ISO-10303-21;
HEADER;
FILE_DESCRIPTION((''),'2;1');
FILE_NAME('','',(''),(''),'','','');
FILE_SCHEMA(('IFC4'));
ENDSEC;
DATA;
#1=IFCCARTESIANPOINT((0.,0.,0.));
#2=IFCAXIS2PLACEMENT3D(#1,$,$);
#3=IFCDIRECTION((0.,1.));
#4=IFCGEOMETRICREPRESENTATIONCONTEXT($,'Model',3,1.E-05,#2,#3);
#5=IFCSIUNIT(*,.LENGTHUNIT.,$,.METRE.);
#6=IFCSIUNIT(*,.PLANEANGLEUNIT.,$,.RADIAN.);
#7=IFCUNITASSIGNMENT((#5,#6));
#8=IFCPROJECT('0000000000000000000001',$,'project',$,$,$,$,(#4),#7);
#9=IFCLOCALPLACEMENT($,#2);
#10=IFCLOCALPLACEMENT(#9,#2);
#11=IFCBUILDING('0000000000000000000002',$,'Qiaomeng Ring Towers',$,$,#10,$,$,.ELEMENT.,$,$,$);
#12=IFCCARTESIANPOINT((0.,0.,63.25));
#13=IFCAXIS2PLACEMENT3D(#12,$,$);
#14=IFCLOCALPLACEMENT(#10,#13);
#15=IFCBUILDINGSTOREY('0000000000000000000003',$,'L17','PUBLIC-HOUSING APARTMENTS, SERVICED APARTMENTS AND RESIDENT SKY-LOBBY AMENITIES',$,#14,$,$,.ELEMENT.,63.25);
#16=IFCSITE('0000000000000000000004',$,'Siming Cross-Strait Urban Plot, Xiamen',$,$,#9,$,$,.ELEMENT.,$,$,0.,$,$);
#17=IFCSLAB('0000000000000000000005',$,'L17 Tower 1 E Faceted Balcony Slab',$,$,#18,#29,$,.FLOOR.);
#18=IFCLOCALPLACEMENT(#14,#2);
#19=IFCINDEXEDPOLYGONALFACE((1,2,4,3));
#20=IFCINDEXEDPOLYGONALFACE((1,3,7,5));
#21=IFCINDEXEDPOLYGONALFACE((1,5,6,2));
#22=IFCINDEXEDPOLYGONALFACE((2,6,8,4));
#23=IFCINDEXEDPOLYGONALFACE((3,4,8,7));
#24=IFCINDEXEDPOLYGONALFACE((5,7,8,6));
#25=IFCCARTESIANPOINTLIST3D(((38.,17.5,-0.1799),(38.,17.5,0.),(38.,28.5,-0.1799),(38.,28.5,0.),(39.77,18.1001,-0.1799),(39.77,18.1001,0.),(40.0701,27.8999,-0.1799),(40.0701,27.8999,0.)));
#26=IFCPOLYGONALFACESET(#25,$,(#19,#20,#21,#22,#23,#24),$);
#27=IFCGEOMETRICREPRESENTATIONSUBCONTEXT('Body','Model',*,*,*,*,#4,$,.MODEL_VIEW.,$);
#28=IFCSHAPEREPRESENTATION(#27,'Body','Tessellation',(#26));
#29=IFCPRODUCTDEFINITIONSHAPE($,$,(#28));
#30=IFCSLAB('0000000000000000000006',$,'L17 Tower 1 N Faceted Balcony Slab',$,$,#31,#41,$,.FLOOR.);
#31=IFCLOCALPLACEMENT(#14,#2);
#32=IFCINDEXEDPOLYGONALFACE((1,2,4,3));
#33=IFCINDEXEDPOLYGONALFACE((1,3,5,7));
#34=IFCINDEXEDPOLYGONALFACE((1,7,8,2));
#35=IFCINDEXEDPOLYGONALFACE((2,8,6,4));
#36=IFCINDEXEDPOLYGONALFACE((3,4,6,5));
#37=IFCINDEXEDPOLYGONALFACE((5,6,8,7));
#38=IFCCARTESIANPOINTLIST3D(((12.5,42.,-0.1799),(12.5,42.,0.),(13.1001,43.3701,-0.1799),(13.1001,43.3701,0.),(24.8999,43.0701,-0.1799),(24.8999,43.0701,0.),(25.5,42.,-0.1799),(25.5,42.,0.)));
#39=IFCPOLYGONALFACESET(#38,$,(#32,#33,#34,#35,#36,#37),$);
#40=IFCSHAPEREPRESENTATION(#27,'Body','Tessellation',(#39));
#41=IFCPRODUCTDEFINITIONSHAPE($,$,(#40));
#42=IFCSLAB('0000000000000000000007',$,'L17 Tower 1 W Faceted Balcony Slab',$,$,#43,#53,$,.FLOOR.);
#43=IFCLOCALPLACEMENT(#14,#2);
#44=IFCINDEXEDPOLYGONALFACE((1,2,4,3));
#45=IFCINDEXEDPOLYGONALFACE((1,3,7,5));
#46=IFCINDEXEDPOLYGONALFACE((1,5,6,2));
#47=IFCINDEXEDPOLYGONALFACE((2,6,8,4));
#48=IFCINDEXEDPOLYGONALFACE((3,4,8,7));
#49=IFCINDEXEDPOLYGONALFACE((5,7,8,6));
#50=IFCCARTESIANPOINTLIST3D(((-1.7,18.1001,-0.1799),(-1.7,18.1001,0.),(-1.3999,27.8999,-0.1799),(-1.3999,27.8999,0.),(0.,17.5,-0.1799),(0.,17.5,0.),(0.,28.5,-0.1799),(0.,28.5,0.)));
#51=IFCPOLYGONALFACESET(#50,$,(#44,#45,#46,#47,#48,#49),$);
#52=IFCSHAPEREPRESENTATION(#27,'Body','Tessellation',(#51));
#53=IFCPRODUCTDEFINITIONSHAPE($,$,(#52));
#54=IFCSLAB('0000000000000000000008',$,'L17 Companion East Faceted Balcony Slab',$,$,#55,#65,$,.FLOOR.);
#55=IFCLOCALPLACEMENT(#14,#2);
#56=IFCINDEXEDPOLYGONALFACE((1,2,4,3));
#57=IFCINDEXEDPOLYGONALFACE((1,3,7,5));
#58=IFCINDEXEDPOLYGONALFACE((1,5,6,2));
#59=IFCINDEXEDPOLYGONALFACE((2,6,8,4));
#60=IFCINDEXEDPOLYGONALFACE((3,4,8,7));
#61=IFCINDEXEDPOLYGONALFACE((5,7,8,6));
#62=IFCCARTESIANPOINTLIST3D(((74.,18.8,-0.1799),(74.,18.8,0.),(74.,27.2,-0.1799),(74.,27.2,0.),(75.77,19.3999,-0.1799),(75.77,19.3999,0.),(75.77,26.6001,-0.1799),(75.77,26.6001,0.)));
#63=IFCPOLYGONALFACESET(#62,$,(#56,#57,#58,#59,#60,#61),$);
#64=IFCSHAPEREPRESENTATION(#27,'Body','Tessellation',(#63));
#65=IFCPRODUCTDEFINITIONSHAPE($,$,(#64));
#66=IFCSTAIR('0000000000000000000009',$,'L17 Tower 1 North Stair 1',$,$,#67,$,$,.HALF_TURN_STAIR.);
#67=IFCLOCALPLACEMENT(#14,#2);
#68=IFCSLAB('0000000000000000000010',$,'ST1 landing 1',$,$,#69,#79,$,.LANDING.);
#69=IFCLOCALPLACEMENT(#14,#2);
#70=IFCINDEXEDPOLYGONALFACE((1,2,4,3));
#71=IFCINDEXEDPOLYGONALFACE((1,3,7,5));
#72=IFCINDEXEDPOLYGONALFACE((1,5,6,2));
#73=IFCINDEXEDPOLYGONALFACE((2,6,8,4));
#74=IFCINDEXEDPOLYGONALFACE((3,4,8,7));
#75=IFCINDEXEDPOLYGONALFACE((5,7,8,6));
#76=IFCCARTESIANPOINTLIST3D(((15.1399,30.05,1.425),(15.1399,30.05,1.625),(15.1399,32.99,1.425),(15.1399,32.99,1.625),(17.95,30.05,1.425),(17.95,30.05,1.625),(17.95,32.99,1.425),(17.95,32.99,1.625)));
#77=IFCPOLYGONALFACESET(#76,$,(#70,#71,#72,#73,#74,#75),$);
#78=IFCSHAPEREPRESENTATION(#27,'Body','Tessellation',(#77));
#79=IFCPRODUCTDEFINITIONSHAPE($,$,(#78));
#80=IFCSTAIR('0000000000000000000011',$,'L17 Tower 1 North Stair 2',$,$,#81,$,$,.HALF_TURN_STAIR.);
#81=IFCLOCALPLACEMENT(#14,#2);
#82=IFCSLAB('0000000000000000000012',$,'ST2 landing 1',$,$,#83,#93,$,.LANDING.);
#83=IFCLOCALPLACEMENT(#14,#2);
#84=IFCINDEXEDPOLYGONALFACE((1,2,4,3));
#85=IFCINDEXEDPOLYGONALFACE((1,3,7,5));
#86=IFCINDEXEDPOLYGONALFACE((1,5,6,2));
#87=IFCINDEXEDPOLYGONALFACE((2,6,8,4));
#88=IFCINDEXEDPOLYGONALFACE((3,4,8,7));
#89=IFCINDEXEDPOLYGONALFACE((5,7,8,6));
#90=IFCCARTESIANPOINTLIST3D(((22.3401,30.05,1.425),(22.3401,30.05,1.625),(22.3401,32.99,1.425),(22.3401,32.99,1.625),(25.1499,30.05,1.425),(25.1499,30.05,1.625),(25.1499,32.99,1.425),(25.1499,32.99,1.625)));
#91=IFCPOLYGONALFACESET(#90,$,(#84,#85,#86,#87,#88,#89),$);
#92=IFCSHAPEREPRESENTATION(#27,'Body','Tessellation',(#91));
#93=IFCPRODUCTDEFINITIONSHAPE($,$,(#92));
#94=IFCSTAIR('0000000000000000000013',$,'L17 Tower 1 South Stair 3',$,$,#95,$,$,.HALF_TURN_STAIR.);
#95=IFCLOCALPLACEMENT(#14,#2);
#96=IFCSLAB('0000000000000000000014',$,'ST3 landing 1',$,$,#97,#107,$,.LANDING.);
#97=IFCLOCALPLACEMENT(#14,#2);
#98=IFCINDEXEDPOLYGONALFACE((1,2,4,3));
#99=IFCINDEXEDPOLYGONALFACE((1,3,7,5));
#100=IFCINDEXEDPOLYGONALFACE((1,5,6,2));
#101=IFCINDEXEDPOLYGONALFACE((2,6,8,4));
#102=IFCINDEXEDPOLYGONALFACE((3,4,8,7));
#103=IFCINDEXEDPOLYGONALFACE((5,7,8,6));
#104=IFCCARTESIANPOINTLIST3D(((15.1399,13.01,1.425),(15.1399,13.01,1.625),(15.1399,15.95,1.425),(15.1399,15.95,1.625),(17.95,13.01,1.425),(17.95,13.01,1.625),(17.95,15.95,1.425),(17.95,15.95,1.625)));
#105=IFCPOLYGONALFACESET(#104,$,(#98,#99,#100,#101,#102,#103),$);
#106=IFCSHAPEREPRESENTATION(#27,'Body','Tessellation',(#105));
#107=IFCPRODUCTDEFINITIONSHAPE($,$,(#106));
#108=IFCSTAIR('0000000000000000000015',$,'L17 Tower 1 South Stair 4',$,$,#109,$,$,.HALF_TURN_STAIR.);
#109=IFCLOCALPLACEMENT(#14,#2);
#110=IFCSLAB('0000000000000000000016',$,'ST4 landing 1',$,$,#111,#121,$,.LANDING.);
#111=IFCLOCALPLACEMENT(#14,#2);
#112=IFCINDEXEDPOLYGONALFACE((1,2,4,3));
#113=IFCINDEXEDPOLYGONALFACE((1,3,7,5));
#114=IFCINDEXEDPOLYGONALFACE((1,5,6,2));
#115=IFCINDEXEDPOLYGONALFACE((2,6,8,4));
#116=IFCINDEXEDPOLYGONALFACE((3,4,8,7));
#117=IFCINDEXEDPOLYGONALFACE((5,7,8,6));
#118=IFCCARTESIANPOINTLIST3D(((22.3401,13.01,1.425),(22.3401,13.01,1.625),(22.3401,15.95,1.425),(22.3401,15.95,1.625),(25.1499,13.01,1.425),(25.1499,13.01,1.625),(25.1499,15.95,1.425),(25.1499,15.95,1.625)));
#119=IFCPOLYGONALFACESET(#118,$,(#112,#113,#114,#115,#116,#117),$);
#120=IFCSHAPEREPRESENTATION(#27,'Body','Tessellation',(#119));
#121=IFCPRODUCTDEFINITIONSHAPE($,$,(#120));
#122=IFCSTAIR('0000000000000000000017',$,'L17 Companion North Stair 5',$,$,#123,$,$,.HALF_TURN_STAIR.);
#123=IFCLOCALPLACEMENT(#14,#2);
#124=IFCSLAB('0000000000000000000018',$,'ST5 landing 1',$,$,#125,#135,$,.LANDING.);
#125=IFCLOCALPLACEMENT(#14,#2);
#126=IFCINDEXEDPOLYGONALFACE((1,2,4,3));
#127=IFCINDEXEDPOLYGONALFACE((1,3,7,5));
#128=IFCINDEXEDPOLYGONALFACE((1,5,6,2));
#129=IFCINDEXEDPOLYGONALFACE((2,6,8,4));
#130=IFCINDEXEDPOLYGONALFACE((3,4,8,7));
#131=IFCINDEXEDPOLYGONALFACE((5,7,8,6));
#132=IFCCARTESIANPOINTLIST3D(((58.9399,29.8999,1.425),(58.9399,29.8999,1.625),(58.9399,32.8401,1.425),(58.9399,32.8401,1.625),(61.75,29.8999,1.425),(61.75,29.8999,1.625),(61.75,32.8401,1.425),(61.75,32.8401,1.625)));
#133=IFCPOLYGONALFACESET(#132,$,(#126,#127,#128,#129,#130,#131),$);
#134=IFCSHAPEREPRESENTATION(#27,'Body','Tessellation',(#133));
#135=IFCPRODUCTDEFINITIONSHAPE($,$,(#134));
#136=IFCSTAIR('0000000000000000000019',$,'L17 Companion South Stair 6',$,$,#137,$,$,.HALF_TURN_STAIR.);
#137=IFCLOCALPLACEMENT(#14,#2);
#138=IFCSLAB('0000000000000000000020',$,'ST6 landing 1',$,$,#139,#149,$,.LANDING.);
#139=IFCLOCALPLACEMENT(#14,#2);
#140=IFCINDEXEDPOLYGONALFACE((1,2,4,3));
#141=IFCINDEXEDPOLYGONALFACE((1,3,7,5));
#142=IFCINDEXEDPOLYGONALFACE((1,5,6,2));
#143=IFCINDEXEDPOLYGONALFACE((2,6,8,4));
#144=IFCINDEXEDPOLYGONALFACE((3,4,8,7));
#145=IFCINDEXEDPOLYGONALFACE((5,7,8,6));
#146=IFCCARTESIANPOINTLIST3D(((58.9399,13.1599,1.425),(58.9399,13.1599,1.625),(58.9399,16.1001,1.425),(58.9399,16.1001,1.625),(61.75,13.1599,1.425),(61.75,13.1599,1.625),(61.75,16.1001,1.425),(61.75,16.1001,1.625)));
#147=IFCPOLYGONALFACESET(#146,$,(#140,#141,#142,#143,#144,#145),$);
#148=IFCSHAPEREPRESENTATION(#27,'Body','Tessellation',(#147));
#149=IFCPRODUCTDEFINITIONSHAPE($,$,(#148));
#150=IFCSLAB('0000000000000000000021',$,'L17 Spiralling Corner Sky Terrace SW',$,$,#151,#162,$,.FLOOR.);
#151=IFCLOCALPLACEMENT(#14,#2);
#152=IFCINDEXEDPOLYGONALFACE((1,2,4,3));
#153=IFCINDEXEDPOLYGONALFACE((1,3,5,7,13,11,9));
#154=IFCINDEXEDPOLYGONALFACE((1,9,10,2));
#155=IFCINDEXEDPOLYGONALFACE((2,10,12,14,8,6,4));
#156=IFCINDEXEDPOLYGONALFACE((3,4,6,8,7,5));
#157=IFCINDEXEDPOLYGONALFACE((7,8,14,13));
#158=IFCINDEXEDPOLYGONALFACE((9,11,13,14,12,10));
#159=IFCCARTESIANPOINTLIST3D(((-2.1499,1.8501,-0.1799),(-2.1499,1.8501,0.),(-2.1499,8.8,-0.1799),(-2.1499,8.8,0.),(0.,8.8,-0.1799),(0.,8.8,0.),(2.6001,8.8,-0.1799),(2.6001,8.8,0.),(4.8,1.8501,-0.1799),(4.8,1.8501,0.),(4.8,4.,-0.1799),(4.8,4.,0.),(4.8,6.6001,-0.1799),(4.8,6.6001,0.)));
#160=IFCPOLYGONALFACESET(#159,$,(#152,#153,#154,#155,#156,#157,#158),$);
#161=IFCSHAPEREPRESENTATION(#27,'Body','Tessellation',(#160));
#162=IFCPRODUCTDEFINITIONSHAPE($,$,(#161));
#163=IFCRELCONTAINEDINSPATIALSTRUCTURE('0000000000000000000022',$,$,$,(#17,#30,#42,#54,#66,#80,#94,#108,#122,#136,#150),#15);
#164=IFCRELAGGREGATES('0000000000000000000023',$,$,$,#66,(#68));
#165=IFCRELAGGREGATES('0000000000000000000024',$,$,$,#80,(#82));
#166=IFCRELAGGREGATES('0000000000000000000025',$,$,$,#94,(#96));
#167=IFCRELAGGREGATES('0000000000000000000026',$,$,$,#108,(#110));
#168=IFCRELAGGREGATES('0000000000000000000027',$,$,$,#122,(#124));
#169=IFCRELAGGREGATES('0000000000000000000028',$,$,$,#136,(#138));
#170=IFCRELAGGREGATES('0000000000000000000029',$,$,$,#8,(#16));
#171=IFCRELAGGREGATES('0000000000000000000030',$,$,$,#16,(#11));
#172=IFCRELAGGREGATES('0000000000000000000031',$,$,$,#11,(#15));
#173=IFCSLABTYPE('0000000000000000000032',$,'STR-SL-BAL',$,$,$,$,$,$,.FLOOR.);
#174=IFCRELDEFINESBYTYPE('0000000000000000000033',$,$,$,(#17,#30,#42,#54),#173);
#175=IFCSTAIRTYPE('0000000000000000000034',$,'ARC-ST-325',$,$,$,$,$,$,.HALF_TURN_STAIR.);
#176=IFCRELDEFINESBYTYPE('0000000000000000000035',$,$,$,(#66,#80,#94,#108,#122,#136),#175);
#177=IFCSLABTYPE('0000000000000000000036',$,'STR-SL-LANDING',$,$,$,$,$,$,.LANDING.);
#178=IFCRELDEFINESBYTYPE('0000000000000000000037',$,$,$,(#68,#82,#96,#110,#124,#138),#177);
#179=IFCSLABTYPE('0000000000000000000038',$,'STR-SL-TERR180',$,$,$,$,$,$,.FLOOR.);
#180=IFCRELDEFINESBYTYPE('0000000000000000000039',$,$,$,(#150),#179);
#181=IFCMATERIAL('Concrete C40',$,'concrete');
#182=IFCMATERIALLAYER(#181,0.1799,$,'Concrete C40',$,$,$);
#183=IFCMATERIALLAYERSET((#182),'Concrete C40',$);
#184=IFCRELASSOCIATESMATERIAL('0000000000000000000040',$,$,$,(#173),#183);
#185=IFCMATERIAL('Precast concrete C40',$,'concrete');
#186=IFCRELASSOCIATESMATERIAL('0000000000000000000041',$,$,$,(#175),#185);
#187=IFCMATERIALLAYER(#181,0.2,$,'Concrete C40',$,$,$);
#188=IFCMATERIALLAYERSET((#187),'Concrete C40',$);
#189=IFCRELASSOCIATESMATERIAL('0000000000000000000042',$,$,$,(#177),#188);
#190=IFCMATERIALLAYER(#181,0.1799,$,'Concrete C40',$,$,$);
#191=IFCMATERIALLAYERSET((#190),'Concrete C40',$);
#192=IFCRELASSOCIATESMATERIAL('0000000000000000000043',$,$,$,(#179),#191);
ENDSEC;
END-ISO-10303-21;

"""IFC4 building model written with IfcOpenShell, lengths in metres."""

from ifc_helpers import new_model, si_unit, direction, frame, origin, place, context, subcontext, project, spatial, polyline, outline, extrude, material, layer, layer_set, type_object, element, aggregate, save


model = new_model("IFC4")

# Units and contexts
model_context = context("Model", 3, precision=1e-05, world=origin(), true_north=direction((0.0, 1.0)))
body_context = subcontext(model_context, "Body", "Model", "MODEL_VIEW")
ifc_project = project(units=[si_unit("LENGTHUNIT", "METRE"), si_unit("PLANEANGLEUNIT", "RADIAN")], contexts=[model_context])

# Site, building, storey
site_placement = place(None, origin())
site = spatial("IfcSite", under=ifc_project, at=site_placement, Name="Siming Cross-Strait Urban Plot, Xiamen", CompositionType="ELEMENT", RefElevation=0.0)
building_placement = place(site_placement, origin())
building = spatial("IfcBuilding", under=site, at=building_placement, Name="Qiaomeng Ring Towers", CompositionType="ELEMENT")
storey_placement = place(building_placement, frame((0.0, 0.0, 63.25)))
storey = spatial("IfcBuildingStorey", under=building, at=storey_placement, Name="L17", Description="PUBLIC-HOUSING APARTMENTS, SERVICED APARTMENTS AND RESIDENT SKY-LOBBY AMENITIES", CompositionType="ELEMENT", Elevation=63.25)

# Slabs
ifc_material_1 = material(Name="Concrete C40", Category="concrete")
ifc_layer_1 = layer(ifc_material_1, 0.1799, Name="Concrete C40")
ifc_layer_set_1 = layer_set([ifc_layer_1], Name="Concrete C40")
slab_type_1 = type_object("IfcSlabType", Name="STR-SL-BAL", PredefinedType="FLOOR", material=ifc_layer_set_1)
slab_1_placement = place(storey_placement, frame((0.0, 0.0, -0.1799)))
element("IfcSlab", 1, at=slab_1_placement, inside=storey, type_object=slab_type_1, Name="L17 Tower 1 E Faceted Balcony Slab", PredefinedType="FLOOR", context=body_context, shape_type="SweptSolid", body=[
    extrude(outline(polyline([(40.0701, 27.8999), (39.77, 18.1001), (38.0, 17.5), (38.0, 28.5), (40.0701, 27.8999)])), origin(), (0.0, 0.0, 1.0), 0.1799),
])
slab_2_placement = place(storey_placement, frame((0.0, 0.0, -0.1799)))
element("IfcSlab", 2, at=slab_2_placement, inside=storey, type_object=slab_type_1, Name="L17 Tower 1 N Faceted Balcony Slab", PredefinedType="FLOOR", context=body_context, shape_type="SweptSolid", body=[
    extrude(outline(polyline([(12.5, 42.0), (13.1001, 43.3701), (24.8999, 43.0701), (25.5, 42.0), (12.5, 42.0)])), origin(), (0.0, 0.0, 1.0), 0.1799),
])
slab_3_placement = place(storey_placement, frame((0.0, 0.0, -0.1799)))
element("IfcSlab", 3, at=slab_3_placement, inside=storey, type_object=slab_type_1, Name="L17 Tower 1 W Faceted Balcony Slab", PredefinedType="FLOOR", context=body_context, shape_type="SweptSolid", body=[
    extrude(outline(polyline([(0.0, 17.5), (-1.7, 18.1001), (-1.3999, 27.8999), (0.0, 28.5), (0.0, 17.5)])), origin(), (0.0, 0.0, 1.0), 0.1799),
])
slab_4_placement = place(storey_placement, frame((0.0, 0.0, -0.1799)))
element("IfcSlab", 4, at=slab_4_placement, inside=storey, type_object=slab_type_1, Name="L17 Companion East Faceted Balcony Slab", PredefinedType="FLOOR", context=body_context, shape_type="SweptSolid", body=[
    extrude(outline(polyline([(75.77, 26.6001), (75.77, 19.3999), (74.0, 18.8), (74.0, 27.2), (75.77, 26.6001)])), origin(), (0.0, 0.0, 1.0), 0.1799),
])

# Stairs, slabs
ifc_material_2 = material(Name="Precast concrete C40", Category="concrete")
stair_type = type_object("IfcStairType", Name="ARC-ST-325", PredefinedType="HALF_TURN_STAIR", material=ifc_material_2)
stair_1_placement = place(storey_placement, origin())
stair_1 = element("IfcStair", 5, at=stair_1_placement, inside=storey, type_object=stair_type, Name="L17 Tower 1 North Stair 1", PredefinedType="HALF_TURN_STAIR")
ifc_layer_2 = layer(ifc_material_1, 0.2, Name="Concrete C40")
ifc_layer_set_2 = layer_set([ifc_layer_2], Name="Concrete C40")
slab_type_2 = type_object("IfcSlabType", Name="STR-SL-LANDING", PredefinedType="LANDING", material=ifc_layer_set_2)
slab_5_placement = place(storey_placement, frame((0.0, 0.0, 1.425)))
slab_5 = element("IfcSlab", 6, at=slab_5_placement, type_object=slab_type_2, Name="ST1 landing 1", PredefinedType="LANDING", context=body_context, shape_type="SweptSolid", body=[
    extrude(outline(polyline([(15.1399, 30.05), (17.95, 30.05), (17.95, 32.99), (15.1399, 32.99), (15.1399, 30.05)])), origin(), (0.0, 0.0, 1.0), 0.2),
])
aggregate(stair_1, [slab_5])
stair_2_placement = place(storey_placement, origin())
stair_2 = element("IfcStair", 7, at=stair_2_placement, inside=storey, type_object=stair_type, Name="L17 Tower 1 North Stair 2", PredefinedType="HALF_TURN_STAIR")
slab_6_placement = place(storey_placement, frame((0.0, 0.0, 1.425)))
slab_6 = element("IfcSlab", 8, at=slab_6_placement, type_object=slab_type_2, Name="ST2 landing 1", PredefinedType="LANDING", context=body_context, shape_type="SweptSolid", body=[
    extrude(outline(polyline([(22.3401, 30.05), (25.1499, 30.05), (25.1499, 32.99), (22.3401, 32.99), (22.3401, 30.05)])), origin(), (0.0, 0.0, 1.0), 0.2),
])
aggregate(stair_2, [slab_6])
stair_3_placement = place(storey_placement, origin())
stair_3 = element("IfcStair", 9, at=stair_3_placement, inside=storey, type_object=stair_type, Name="L17 Tower 1 South Stair 3", PredefinedType="HALF_TURN_STAIR")
slab_7_placement = place(storey_placement, frame((0.0, 0.0, 1.425)))
slab_7 = element("IfcSlab", 10, at=slab_7_placement, type_object=slab_type_2, Name="ST3 landing 1", PredefinedType="LANDING", context=body_context, shape_type="SweptSolid", body=[
    extrude(outline(polyline([(15.1399, 13.01), (17.95, 13.01), (17.95, 15.95), (15.1399, 15.95), (15.1399, 13.01)])), origin(), (0.0, 0.0, 1.0), 0.2),
])
aggregate(stair_3, [slab_7])
stair_4_placement = place(storey_placement, origin())
stair_4 = element("IfcStair", 11, at=stair_4_placement, inside=storey, type_object=stair_type, Name="L17 Tower 1 South Stair 4", PredefinedType="HALF_TURN_STAIR")
slab_8_placement = place(storey_placement, frame((0.0, 0.0, 1.425)))
slab_8 = element("IfcSlab", 12, at=slab_8_placement, type_object=slab_type_2, Name="ST4 landing 1", PredefinedType="LANDING", context=body_context, shape_type="SweptSolid", body=[
    extrude(outline(polyline([(22.3401, 13.01), (25.1499, 13.01), (25.1499, 15.95), (22.3401, 15.95), (22.3401, 13.01)])), origin(), (0.0, 0.0, 1.0), 0.2),
])
aggregate(stair_4, [slab_8])
stair_5_placement = place(storey_placement, origin())
stair_5 = element("IfcStair", 13, at=stair_5_placement, inside=storey, type_object=stair_type, Name="L17 Companion North Stair 5", PredefinedType="HALF_TURN_STAIR")
slab_9_placement = place(storey_placement, frame((0.0, 0.0, 1.425)))
slab_9 = element("IfcSlab", 14, at=slab_9_placement, type_object=slab_type_2, Name="ST5 landing 1", PredefinedType="LANDING", context=body_context, shape_type="SweptSolid", body=[
    extrude(outline(polyline([(58.9399, 29.8999), (61.75, 29.8999), (61.75, 32.8401), (58.9399, 32.8401), (58.9399, 29.8999)])), origin(), (0.0, 0.0, 1.0), 0.2),
])
aggregate(stair_5, [slab_9])
stair_6_placement = place(storey_placement, origin())
stair_6 = element("IfcStair", 15, at=stair_6_placement, inside=storey, type_object=stair_type, Name="L17 Companion South Stair 6", PredefinedType="HALF_TURN_STAIR")
slab_10_placement = place(storey_placement, frame((0.0, 0.0, 1.425)))
slab_10 = element("IfcSlab", 16, at=slab_10_placement, type_object=slab_type_2, Name="ST6 landing 1", PredefinedType="LANDING", context=body_context, shape_type="SweptSolid", body=[
    extrude(outline(polyline([(58.9399, 13.1599), (61.75, 13.1599), (61.75, 16.1001), (58.9399, 16.1001), (58.9399, 13.1599)])), origin(), (0.0, 0.0, 1.0), 0.2),
])
aggregate(stair_6, [slab_10])

# Slab
ifc_layer_3 = layer(ifc_material_1, 0.1799, Name="Concrete C40")
ifc_layer_set_3 = layer_set([ifc_layer_3], Name="Concrete C40")
slab_type_3 = type_object("IfcSlabType", Name="STR-SL-TERR180", PredefinedType="FLOOR", material=ifc_layer_set_3)
slab_11_placement = place(storey_placement, frame((0.0, 0.0, -0.1799)))
element("IfcSlab", 17, at=slab_11_placement, inside=storey, type_object=slab_type_3, Name="L17 Spiralling Corner Sky Terrace SW", PredefinedType="FLOOR", context=body_context, shape_type="SweptSolid", body=[
    extrude(outline(polyline([(4.8, 1.8501), (-2.1499, 1.8501), (-2.1499, 8.8), (0.0, 8.8), (2.6001, 8.8), (4.8, 6.6001), (4.8, 4.0), (4.8, 1.8501)])), origin(), (0.0, 0.0, 1.0), 0.1799),
])

save(model, "model.ifc")
